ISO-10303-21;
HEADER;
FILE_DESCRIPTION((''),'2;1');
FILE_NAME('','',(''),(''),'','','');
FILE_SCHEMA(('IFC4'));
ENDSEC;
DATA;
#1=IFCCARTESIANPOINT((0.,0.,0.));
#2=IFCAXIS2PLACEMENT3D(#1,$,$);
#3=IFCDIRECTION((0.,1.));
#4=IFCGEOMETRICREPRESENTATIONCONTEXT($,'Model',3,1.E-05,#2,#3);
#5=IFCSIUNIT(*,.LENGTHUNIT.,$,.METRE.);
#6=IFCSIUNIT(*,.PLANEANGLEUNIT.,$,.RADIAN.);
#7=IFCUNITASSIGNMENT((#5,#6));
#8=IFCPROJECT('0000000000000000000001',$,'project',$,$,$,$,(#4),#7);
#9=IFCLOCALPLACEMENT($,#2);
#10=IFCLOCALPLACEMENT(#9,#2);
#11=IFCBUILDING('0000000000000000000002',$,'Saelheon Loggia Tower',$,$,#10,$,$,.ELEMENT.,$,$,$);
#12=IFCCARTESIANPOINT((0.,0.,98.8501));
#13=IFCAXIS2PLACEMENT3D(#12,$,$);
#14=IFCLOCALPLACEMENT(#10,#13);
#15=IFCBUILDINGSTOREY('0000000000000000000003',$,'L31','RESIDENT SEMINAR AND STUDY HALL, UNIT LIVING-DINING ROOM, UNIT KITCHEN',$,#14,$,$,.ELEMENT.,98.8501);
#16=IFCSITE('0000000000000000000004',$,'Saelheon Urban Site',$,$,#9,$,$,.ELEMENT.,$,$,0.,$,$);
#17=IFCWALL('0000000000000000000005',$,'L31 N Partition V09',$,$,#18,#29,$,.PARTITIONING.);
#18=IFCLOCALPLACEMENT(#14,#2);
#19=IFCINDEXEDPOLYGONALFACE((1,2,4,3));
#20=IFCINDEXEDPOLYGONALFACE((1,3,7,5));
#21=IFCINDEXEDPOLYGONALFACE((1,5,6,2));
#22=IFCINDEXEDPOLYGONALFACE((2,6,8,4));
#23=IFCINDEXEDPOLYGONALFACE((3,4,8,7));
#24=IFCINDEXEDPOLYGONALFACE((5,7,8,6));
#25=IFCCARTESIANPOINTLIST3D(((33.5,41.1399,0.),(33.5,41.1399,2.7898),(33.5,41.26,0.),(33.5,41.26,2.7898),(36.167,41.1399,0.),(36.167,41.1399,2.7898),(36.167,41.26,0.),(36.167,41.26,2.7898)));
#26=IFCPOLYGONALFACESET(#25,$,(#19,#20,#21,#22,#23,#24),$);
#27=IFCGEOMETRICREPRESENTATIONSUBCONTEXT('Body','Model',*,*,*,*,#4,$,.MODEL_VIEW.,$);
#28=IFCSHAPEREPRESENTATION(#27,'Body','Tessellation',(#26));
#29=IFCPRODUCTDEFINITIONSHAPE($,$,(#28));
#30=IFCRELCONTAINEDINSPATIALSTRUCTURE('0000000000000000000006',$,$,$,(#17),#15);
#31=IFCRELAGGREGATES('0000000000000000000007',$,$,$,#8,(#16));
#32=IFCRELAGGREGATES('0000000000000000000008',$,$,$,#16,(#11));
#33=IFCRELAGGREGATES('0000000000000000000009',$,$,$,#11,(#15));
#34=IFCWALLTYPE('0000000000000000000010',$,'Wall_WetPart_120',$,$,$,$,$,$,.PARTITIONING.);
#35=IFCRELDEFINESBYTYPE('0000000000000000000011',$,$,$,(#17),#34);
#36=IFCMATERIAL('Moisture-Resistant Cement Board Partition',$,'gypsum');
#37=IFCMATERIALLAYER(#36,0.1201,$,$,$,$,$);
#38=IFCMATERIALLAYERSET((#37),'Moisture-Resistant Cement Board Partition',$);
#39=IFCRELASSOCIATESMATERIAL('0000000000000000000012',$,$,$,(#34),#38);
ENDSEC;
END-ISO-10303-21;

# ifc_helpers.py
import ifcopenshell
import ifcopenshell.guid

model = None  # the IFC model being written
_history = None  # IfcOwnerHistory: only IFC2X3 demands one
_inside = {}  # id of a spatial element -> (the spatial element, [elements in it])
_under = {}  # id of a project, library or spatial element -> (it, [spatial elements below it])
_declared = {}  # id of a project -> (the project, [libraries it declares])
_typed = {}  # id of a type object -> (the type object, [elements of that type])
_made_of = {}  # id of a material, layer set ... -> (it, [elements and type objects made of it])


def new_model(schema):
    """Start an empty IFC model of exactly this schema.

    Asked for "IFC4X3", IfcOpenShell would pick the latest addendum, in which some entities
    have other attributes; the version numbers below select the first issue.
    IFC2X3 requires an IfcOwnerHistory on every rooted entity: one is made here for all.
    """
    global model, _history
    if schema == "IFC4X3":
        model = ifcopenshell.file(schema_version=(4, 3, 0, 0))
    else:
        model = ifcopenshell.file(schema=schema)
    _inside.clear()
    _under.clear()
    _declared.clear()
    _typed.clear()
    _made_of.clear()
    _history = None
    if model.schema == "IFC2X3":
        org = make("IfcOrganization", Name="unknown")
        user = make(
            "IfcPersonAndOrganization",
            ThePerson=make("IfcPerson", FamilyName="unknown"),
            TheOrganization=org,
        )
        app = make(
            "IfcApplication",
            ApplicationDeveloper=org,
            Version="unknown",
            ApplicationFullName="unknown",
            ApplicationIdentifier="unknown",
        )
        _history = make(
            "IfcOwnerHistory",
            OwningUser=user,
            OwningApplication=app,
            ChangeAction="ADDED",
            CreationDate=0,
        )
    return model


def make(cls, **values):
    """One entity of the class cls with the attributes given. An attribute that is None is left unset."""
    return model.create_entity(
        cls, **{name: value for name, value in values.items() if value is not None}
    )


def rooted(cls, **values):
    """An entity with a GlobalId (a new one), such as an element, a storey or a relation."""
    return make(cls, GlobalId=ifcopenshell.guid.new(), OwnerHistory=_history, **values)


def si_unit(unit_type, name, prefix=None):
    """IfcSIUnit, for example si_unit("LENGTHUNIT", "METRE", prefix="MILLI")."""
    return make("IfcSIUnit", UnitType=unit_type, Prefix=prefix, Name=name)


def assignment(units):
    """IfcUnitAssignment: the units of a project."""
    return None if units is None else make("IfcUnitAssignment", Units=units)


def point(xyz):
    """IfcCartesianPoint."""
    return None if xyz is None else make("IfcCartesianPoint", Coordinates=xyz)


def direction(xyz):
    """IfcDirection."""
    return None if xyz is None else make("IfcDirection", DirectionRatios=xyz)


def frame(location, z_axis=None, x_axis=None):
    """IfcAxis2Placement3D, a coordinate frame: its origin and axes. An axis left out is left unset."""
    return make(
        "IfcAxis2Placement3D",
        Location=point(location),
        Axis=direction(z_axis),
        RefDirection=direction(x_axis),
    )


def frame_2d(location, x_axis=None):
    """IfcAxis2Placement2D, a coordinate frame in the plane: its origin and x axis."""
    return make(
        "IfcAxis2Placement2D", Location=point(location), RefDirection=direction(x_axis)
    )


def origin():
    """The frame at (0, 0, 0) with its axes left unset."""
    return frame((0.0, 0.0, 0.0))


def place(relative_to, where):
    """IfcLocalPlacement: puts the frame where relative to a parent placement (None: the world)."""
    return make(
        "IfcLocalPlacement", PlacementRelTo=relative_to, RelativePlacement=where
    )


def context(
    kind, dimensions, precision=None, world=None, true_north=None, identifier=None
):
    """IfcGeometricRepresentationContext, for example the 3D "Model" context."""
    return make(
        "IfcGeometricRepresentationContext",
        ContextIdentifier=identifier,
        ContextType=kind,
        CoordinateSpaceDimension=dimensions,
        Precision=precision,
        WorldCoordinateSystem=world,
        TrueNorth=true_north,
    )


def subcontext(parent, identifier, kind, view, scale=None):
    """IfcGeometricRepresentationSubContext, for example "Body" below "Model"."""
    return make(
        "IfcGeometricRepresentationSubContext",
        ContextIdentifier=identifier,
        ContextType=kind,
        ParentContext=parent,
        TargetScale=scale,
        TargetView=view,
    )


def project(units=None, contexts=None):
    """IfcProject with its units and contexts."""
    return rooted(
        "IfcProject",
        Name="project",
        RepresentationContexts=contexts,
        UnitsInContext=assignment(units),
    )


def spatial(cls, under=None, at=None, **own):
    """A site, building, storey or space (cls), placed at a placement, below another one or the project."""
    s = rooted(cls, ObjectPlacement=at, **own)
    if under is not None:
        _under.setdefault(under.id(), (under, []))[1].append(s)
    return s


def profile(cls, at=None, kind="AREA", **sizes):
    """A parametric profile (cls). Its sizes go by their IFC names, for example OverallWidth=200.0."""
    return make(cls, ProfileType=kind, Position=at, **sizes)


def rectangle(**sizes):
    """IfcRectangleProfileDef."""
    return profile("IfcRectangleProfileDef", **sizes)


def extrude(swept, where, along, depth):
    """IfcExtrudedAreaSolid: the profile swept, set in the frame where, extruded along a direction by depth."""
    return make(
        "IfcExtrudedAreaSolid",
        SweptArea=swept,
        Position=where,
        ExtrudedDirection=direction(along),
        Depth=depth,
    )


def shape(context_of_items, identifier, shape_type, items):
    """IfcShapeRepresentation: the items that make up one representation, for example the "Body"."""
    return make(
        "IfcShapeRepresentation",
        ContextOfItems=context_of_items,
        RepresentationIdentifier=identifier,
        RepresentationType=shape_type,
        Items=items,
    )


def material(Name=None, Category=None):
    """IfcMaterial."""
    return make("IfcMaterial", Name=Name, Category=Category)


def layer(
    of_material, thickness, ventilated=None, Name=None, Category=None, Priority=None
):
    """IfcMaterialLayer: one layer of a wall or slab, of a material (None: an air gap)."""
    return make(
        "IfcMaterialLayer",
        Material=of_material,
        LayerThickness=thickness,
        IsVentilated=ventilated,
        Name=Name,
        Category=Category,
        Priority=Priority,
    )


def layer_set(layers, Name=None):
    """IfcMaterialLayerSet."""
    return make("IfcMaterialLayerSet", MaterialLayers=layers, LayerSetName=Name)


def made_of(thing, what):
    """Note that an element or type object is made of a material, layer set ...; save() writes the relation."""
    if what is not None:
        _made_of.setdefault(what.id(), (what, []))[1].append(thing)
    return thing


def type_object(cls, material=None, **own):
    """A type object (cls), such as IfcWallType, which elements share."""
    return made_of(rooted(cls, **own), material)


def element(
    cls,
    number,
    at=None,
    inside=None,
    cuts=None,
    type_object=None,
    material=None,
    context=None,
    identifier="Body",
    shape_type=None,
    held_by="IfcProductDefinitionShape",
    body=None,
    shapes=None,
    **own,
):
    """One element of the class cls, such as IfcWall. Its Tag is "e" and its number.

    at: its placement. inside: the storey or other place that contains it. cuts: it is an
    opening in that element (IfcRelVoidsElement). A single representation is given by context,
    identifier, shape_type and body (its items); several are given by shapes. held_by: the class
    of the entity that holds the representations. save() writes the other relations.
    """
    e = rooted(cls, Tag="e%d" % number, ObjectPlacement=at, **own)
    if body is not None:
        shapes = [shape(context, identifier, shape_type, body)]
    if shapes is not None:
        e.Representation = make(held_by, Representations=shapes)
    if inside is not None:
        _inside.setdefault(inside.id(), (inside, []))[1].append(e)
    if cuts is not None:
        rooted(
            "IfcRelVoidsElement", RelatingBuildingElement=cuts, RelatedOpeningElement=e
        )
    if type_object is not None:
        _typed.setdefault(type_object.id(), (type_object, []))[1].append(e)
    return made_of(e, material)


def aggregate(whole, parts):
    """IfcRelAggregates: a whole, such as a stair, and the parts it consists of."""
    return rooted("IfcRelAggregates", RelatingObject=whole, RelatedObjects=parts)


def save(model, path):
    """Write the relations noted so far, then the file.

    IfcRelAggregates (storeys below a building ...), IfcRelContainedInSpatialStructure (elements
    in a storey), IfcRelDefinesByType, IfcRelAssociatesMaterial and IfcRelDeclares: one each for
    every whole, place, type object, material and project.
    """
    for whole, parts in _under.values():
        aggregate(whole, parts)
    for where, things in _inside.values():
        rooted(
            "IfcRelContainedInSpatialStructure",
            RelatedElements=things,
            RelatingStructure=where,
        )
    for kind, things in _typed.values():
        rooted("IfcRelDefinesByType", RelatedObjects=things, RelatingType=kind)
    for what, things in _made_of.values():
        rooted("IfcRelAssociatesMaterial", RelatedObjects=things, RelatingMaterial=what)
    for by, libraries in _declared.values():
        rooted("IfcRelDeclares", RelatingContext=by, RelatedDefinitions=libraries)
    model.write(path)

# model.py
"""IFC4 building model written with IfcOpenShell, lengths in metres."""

from ifc_helpers import new_model, si_unit, direction, frame, frame_2d, origin, place, context, subcontext, project, spatial, rectangle, extrude, material, layer, layer_set, type_object, element, save


model = new_model("IFC4")

# Units and contexts
model_context = context("Model", 3, precision=1e-05, world=origin(), true_north=direction((0.0, 1.0)))
body_context = subcontext(model_context, "Body", "Model", "MODEL_VIEW")
ifc_project = project(units=[si_unit("LENGTHUNIT", "METRE"), si_unit("PLANEANGLEUNIT", "RADIAN")], contexts=[model_context])

# Site, building, storey
site_placement = place(None, origin())
site = spatial("IfcSite", under=ifc_project, at=site_placement, Name="Saelheon Urban Site", CompositionType="ELEMENT", RefElevation=0.0)
building_placement = place(site_placement, origin())
building = spatial("IfcBuilding", under=site, at=building_placement, Name="Saelheon Loggia Tower", CompositionType="ELEMENT")
storey_placement = place(building_placement, frame((0.0, 0.0, 98.8501)))
storey = spatial("IfcBuildingStorey", under=building, at=storey_placement, Name="L31", Description="RESIDENT SEMINAR AND STUDY HALL, UNIT LIVING-DINING ROOM, UNIT KITCHEN", CompositionType="ELEMENT", Elevation=98.8501)

# Shared definitions
ifc_material_1 = material(Name="Moisture-Resistant Cement Board Partition", Category="gypsum")
ifc_layer_1 = layer(ifc_material_1, 0.1201)
ifc_layer_set_1 = layer_set([ifc_layer_1], Name="Moisture-Resistant Cement Board Partition")
wall_type_1 = type_object("IfcWallType", Name="Wall_WetPart_120", PredefinedType="PARTITIONING", material=ifc_layer_set_1)

# Wall
wall_1_placement = place(storey_placement, frame((33.5, 41.2, 0.0), z_axis=(0.0, 0.0, 1.0), x_axis=(1.0, 0.0, 0.0)))
element("IfcWall", 1, at=wall_1_placement, inside=storey, type_object=wall_type_1, Name="L31 N Partition V09", PredefinedType="PARTITIONING", context=body_context, shape_type="SweptSolid", body=[
    extrude(rectangle(XDim=2.667, YDim=0.1201, at=frame_2d((1.3335, 0.0))), origin(), (0.0, 0.0, 1.0), 2.7898),
])

save(model, "model.ifc")
